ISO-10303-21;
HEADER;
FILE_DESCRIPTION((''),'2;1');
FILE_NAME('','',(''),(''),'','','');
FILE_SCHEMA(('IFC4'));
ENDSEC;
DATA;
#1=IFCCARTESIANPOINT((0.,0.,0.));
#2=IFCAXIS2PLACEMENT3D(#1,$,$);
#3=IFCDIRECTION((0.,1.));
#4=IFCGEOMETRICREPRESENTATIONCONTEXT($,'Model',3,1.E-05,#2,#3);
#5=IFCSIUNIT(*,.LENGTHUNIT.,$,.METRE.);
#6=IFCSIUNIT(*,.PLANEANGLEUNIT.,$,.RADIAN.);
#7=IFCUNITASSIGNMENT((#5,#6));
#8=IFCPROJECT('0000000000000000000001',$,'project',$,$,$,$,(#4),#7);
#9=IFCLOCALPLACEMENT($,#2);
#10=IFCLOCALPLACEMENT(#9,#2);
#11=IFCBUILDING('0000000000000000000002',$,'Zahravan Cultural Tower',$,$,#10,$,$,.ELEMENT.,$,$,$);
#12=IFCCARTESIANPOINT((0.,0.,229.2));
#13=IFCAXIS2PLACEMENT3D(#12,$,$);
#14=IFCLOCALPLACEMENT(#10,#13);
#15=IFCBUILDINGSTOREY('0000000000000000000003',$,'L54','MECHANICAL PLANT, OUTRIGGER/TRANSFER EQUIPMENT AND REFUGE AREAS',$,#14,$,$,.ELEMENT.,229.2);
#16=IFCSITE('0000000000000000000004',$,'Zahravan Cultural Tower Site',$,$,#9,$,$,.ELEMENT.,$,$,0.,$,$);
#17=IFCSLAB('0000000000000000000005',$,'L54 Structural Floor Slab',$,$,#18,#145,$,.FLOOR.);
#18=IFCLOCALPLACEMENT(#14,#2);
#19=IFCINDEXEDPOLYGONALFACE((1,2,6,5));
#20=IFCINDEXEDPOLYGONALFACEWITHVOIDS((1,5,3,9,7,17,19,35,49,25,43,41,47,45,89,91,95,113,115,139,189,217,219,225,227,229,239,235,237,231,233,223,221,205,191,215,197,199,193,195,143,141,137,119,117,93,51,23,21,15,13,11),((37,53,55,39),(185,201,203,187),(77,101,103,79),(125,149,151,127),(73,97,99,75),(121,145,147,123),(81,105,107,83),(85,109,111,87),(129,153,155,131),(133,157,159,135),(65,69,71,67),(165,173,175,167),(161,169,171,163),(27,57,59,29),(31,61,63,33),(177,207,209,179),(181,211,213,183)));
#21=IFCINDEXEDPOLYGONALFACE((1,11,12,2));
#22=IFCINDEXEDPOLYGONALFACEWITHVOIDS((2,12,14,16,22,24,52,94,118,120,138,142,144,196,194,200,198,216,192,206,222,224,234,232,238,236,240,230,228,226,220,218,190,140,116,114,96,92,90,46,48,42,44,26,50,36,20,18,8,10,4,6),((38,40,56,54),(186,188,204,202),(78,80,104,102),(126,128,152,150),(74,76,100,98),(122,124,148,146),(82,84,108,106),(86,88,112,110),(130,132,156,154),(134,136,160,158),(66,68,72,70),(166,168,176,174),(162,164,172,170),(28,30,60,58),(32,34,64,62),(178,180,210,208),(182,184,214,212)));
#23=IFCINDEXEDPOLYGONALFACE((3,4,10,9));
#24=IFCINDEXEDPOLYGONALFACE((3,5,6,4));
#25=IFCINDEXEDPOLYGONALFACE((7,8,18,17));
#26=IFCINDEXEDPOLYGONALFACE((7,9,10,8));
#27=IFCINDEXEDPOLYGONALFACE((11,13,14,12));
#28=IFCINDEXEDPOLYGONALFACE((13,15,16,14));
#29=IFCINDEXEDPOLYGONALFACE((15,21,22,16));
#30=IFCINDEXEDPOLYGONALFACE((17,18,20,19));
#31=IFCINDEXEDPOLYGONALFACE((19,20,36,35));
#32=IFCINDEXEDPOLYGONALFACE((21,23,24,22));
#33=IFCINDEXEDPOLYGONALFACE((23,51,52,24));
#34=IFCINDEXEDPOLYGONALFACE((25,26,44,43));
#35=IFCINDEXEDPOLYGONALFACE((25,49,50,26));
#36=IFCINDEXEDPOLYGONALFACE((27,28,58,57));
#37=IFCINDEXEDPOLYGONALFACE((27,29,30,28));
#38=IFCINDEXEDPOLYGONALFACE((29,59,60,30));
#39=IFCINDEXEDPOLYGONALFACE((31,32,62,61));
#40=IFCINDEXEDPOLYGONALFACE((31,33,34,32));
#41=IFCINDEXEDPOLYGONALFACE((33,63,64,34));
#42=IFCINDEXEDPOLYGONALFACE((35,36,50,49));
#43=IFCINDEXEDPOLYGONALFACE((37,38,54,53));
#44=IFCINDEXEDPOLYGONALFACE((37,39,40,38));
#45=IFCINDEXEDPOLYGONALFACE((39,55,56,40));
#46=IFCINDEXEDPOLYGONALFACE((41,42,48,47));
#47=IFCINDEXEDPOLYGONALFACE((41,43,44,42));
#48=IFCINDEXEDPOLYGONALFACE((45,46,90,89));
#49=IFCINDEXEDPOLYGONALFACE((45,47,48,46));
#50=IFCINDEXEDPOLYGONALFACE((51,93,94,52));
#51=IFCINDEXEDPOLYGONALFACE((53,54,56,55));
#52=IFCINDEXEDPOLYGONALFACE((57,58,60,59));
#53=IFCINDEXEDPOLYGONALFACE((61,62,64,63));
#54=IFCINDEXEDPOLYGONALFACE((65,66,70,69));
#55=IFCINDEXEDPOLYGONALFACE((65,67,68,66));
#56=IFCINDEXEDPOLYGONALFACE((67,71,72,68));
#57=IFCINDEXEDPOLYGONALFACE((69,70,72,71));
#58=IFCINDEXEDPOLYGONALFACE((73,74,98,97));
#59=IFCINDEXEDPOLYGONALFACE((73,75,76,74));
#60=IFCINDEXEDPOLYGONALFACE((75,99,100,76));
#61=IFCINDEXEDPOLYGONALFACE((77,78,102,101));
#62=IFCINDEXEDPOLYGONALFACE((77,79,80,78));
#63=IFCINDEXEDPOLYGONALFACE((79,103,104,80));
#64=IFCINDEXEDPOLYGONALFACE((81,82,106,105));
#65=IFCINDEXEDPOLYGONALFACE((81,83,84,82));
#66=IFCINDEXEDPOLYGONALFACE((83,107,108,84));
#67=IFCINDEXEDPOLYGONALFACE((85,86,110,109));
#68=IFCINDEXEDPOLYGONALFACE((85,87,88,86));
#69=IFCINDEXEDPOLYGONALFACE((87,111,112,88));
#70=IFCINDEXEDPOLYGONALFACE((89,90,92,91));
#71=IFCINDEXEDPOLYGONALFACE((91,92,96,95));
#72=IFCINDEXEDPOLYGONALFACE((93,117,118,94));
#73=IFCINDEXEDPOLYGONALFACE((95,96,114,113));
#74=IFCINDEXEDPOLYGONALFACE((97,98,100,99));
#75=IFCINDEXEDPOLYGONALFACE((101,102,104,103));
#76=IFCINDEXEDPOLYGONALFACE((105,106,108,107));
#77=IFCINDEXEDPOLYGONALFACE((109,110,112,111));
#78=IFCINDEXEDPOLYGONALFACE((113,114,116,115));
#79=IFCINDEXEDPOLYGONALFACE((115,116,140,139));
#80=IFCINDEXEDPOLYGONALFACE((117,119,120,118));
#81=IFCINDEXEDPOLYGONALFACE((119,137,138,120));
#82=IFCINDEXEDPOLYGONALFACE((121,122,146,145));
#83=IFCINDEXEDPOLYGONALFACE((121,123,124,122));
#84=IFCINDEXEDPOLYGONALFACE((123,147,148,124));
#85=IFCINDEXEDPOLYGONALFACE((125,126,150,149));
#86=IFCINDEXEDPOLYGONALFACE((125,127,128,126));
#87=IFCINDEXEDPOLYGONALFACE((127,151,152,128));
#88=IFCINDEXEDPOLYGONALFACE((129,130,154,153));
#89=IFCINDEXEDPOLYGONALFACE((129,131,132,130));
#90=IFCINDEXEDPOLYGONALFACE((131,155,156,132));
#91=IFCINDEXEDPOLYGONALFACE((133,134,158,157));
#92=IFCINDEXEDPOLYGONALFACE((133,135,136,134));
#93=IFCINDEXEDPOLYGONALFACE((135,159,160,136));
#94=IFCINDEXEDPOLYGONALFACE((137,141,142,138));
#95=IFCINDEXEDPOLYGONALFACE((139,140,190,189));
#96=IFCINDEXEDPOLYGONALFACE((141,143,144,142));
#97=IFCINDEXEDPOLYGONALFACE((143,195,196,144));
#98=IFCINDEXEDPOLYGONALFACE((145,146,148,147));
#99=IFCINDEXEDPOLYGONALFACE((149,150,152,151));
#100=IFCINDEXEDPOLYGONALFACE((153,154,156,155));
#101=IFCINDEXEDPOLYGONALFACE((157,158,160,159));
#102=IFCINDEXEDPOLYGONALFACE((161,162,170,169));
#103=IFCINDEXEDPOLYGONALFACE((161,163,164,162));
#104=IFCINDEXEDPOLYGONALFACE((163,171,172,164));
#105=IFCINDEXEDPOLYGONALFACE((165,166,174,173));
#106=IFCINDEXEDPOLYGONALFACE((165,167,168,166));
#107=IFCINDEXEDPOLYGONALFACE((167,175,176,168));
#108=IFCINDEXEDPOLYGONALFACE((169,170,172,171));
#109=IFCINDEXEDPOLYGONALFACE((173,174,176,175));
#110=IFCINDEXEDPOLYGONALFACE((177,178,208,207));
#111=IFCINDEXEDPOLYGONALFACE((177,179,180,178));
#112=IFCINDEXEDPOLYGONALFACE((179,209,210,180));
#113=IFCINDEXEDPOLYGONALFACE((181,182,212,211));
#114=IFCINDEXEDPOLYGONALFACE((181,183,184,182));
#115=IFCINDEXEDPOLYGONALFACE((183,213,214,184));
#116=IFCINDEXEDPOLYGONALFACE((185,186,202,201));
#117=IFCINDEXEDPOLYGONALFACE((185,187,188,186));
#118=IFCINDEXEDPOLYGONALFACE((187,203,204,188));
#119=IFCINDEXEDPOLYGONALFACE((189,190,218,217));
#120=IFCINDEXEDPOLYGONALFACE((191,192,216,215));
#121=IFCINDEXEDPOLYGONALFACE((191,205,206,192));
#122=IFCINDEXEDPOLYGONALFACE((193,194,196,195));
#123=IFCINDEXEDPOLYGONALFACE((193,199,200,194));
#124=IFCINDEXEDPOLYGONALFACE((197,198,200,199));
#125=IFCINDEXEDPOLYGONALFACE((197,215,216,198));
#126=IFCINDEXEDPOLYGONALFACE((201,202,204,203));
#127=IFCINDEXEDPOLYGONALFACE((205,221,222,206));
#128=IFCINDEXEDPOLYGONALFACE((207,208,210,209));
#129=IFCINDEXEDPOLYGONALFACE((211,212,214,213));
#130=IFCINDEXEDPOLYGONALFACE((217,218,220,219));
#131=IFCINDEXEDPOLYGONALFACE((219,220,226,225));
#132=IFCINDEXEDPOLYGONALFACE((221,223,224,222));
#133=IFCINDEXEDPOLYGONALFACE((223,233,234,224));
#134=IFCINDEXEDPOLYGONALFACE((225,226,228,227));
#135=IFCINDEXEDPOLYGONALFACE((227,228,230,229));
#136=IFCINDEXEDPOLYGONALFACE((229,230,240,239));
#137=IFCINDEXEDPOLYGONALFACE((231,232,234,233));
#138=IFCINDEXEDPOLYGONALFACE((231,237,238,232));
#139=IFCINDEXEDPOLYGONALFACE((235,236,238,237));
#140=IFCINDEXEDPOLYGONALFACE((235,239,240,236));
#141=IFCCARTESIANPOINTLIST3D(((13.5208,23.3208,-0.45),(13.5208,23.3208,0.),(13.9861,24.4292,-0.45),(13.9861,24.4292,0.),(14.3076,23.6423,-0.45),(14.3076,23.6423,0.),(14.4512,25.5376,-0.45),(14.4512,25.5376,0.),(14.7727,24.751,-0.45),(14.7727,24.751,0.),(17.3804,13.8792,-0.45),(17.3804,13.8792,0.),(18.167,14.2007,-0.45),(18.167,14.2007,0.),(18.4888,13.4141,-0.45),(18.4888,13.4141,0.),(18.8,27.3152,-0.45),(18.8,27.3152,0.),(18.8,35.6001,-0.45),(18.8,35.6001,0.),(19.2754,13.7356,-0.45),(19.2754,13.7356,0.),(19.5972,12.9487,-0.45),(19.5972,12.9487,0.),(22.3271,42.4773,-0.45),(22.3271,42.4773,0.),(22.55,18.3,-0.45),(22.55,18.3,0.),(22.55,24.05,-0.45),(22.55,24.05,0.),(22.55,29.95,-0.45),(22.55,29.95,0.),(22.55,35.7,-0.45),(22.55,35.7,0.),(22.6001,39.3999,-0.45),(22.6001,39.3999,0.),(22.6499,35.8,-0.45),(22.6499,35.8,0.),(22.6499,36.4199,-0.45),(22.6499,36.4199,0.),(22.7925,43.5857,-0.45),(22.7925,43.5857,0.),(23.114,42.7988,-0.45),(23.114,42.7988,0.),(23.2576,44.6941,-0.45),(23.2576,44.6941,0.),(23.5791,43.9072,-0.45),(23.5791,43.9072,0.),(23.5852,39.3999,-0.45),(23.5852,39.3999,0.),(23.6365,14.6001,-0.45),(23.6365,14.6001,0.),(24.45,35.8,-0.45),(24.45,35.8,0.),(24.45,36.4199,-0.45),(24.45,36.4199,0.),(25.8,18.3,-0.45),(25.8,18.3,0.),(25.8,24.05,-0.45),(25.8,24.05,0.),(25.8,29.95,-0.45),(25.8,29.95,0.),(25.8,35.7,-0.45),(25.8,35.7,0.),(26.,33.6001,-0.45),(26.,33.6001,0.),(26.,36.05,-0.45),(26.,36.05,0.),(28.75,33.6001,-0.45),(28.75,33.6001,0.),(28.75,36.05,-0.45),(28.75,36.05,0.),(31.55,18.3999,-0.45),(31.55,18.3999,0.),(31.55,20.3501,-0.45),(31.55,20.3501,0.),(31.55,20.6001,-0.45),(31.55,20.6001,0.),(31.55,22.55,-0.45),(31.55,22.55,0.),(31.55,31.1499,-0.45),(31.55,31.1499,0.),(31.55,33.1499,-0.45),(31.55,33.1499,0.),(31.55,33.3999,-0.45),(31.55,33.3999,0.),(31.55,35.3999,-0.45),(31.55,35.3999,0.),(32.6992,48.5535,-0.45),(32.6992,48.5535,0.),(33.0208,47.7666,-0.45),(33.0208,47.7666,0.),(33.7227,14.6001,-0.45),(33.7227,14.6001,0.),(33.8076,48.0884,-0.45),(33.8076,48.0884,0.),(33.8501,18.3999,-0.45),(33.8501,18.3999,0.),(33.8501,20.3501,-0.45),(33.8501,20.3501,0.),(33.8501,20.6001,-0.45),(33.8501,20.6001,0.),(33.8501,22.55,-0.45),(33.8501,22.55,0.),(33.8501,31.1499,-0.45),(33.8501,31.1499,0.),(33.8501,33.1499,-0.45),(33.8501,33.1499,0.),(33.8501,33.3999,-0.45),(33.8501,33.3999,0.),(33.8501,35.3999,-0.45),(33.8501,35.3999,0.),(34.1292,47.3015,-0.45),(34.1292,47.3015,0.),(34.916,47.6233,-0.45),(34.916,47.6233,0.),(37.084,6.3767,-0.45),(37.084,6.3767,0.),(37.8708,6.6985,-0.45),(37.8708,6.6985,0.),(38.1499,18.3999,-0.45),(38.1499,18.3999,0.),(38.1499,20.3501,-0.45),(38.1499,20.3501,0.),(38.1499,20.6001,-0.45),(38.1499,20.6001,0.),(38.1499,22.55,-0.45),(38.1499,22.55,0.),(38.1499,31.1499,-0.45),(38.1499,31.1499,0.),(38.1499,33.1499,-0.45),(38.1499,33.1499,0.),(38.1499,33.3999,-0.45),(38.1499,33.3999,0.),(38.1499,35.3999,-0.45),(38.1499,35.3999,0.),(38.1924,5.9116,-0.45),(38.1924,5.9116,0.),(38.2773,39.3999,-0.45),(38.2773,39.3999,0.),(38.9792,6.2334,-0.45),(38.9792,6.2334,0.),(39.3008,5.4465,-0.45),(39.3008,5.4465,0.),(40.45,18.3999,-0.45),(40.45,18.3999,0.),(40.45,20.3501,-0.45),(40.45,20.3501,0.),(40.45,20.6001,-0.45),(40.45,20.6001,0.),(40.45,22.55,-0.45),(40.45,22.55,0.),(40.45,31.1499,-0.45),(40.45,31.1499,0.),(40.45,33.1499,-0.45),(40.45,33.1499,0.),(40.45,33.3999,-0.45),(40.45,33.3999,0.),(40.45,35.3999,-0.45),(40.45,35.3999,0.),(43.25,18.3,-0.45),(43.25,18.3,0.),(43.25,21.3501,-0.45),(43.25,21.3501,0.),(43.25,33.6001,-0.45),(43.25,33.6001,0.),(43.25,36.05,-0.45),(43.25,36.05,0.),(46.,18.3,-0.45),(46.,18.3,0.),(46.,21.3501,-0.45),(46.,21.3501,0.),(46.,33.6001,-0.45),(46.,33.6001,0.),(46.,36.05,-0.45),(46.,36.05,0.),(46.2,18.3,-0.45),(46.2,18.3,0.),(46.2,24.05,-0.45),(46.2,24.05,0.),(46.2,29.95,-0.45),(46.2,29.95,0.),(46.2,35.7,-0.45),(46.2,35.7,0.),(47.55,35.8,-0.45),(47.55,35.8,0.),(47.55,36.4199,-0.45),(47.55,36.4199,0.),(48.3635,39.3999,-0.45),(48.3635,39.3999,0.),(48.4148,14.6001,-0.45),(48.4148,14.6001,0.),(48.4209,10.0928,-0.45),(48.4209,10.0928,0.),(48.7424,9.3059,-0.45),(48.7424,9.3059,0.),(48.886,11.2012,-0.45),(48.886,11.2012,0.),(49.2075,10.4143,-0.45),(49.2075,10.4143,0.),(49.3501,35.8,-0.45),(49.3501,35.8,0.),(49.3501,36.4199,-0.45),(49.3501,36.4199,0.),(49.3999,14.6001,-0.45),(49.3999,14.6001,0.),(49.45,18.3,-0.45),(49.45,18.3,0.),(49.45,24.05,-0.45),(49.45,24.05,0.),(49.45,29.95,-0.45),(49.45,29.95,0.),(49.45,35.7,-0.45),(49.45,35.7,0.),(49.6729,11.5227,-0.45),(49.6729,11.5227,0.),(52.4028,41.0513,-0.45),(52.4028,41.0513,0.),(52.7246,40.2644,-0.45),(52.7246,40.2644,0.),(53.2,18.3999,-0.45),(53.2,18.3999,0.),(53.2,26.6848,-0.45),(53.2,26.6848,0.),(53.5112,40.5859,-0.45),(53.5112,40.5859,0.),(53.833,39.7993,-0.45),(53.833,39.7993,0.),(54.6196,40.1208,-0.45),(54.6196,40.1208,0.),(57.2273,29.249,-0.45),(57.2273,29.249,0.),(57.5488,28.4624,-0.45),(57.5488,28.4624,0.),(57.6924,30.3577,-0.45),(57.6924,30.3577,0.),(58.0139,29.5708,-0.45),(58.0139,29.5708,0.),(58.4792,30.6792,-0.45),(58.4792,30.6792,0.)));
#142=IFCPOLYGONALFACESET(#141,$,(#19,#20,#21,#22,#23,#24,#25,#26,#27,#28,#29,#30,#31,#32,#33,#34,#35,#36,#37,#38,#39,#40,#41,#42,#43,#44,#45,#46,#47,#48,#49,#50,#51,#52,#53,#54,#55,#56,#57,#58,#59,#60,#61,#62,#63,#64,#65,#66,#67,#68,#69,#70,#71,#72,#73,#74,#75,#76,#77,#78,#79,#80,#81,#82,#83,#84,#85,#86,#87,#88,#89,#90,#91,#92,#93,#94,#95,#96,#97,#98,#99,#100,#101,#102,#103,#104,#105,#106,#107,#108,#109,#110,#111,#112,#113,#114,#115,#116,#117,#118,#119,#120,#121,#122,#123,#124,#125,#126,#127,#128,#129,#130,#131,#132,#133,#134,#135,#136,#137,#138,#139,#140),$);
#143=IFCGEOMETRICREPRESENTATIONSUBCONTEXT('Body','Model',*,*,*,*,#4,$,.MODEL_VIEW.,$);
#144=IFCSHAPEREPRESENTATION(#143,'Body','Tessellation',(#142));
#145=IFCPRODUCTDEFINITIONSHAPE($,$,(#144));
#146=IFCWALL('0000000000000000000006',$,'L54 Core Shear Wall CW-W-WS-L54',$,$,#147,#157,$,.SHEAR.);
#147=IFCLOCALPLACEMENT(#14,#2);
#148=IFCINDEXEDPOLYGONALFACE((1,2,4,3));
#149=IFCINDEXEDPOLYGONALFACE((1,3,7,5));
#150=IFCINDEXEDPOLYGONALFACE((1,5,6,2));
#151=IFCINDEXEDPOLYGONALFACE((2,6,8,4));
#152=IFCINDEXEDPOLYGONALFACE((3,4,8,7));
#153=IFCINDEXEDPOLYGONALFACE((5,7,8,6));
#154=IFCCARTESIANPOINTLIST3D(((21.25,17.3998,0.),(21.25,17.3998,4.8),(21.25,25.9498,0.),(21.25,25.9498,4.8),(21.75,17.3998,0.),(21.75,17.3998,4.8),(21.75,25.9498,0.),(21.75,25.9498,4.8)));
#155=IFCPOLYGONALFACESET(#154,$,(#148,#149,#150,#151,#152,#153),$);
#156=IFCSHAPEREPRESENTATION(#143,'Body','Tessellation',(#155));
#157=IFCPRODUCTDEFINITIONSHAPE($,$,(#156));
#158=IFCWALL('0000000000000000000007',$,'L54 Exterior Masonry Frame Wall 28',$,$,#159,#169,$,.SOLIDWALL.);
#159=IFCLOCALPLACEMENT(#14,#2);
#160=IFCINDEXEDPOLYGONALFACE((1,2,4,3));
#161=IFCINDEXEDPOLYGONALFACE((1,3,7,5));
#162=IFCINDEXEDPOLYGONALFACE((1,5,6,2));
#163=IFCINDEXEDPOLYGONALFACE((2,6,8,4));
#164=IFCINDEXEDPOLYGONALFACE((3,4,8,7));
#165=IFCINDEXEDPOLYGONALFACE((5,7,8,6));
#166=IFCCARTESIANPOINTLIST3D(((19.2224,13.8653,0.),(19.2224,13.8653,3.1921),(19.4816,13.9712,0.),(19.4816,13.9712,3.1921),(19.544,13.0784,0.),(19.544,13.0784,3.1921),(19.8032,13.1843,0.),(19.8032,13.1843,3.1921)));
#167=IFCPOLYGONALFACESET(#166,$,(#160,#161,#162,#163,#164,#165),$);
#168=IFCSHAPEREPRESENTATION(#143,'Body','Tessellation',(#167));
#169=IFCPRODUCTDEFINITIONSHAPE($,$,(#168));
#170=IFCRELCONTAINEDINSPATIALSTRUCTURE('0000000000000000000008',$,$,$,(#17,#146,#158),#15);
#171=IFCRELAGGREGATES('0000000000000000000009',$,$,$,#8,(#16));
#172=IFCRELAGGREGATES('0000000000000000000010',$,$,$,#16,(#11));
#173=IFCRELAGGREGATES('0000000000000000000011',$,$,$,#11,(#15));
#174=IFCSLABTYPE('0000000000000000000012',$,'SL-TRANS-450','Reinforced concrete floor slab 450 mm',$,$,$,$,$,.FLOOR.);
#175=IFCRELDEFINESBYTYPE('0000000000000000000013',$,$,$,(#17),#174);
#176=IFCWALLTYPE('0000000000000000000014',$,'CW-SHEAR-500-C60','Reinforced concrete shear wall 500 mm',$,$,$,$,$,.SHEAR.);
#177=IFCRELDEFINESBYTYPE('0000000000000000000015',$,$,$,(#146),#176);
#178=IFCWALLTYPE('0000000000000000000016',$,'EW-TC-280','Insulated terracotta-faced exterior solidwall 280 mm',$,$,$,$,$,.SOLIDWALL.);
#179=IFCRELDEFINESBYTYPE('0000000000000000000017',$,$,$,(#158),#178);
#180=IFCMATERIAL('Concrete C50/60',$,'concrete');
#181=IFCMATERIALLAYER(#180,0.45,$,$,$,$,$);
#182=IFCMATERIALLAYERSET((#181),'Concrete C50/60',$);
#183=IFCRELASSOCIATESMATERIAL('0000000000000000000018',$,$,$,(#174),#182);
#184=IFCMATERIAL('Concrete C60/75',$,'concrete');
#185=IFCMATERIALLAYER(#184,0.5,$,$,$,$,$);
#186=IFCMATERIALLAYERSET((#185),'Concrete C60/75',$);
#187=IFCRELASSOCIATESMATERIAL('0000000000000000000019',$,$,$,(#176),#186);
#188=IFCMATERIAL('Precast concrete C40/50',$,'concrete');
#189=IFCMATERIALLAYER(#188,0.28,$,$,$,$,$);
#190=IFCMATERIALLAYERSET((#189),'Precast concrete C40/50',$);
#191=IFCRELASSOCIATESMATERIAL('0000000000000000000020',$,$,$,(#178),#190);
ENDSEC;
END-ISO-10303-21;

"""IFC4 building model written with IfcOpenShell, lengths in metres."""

from ifc_helpers import new_model, si_unit, direction, frame, frame_2d, origin, place, context, subcontext, project, spatial, polyline, rectangle, outline, extrude, source, transform, mapped, material, layer, layer_set, type_object, element, save


model = new_model("IFC4")

# Units and contexts
model_context = context("Model", 3, precision=1e-05, world=origin(), true_north=direction((0.0, 1.0)))
body_context = subcontext(model_context, "Body", "Model", "MODEL_VIEW")
ifc_project = project(units=[si_unit("LENGTHUNIT", "METRE"), si_unit("PLANEANGLEUNIT", "RADIAN")], contexts=[model_context])

# Site, building, storey
site_placement = place(None, origin())
site = spatial("IfcSite", under=ifc_project, at=site_placement, Name="Zahravan Cultural Tower Site", CompositionType="ELEMENT", RefElevation=0.0)
building_placement = place(site_placement, origin())
building = spatial("IfcBuilding", under=site, at=building_placement, Name="Zahravan Cultural Tower", CompositionType="ELEMENT")
storey_placement = place(building_placement, frame((0.0, 0.0, 229.2)))
storey = spatial("IfcBuildingStorey", under=building, at=storey_placement, Name="L54", Description="MECHANICAL PLANT, OUTRIGGER/TRANSFER EQUIPMENT AND REFUGE AREAS", CompositionType="ELEMENT", Elevation=229.2)

# Shared definitions
ifc_material_1 = material(Name="Concrete C50/60", Category="concrete")

# Slab
ifc_layer_1 = layer(ifc_material_1, 0.45)
ifc_layer_set_1 = layer_set([ifc_layer_1], Name="Concrete C50/60")
slab_type_1 = type_object("IfcSlabType", Name="SL-TRANS-450", Description="Reinforced concrete floor slab 450 mm", PredefinedType="FLOOR", material=ifc_layer_set_1)
slab_1_placement = place(storey_placement, frame((0.0, 0.0, -0.45)))
element("IfcSlab", 1, at=slab_1_placement, inside=storey, type_object=slab_type_1, Name="L54 Structural Floor Slab", PredefinedType="FLOOR", context=body_context, shape_type="SweptSolid", body=[
    extrude(outline(polyline([(48.3635, 39.3999), (38.2773, 39.3999), (34.916, 47.6233), (34.1292, 47.3015), (33.8076, 48.0884), (33.0208, 47.7666), (32.6992, 48.5535), (23.2576, 44.6941), (23.5791, 43.9072), (22.7925, 43.5857), (23.114, 42.7988), (22.3271, 42.4773), (23.5852, 39.3999), (22.6001, 39.3999), (18.8, 35.6001), (18.8, 27.3152), (14.4512, 25.5376), (14.7727, 24.751), (13.9861, 24.4292), (14.3076, 23.6423), (13.5208, 23.3208), (17.3804, 13.8792), (18.167, 14.2007), (18.4888, 13.4141), (19.2754, 13.7356), (19.5972, 12.9487), (23.6365, 14.6001), (33.7227, 14.6001), (37.084, 6.3767), (37.8708, 6.6985), (38.1924, 5.9116), (38.9792, 6.2334), (39.3008, 5.4465), (48.7424, 9.3059), (48.4209, 10.0928), (49.2075, 10.4143), (48.886, 11.2012), (49.6729, 11.5227), (48.4148, 14.6001), (49.3999, 14.6001), (53.2, 18.3999), (53.2, 26.6848), (57.5488, 28.4624), (57.2273, 29.249), (58.0139, 29.5708), (57.6924, 30.3577), (58.4792, 30.6792), (54.6196, 40.1208), (53.833, 39.7993), (53.5112, 40.5859), (52.7246, 40.2644), (52.4028, 41.0513), (48.3635, 39.3999)]), holes=[polyline([(22.55, 29.95), (22.55, 35.7), (25.8, 35.7), (25.8, 29.95), (22.55, 29.95)]), polyline([(22.55, 18.3), (22.55, 24.05), (25.8, 24.05), (25.8, 18.3), (22.55, 18.3)]), polyline([(46.2, 29.95), (46.2, 35.7), (49.45, 35.7), (49.45, 29.95), (46.2, 29.95)]), polyline([(46.2, 18.3), (46.2, 24.05), (49.45, 24.05), (49.45, 18.3), (46.2, 18.3)]), polyline([(26.0, 33.6001), (26.0, 36.05), (28.75, 36.05), (28.75, 33.6001), (26.0, 33.6001)]), polyline([(43.25, 33.6001), (43.25, 36.05), (46.0, 36.05), (46.0, 33.6001), (43.25, 33.6001)]), polyline([(43.25, 18.3), (43.25, 21.3501), (46.0, 21.3501), (46.0, 18.3), (43.25, 18.3)]), polyline([(31.55, 33.3999), (31.55, 35.3999), (33.8501, 35.3999), (33.8501, 33.3999), (31.55, 33.3999)]), polyline([(31.55, 31.1499), (31.55, 33.1499), (33.8501, 33.1499), (33.8501, 31.1499), (31.55, 31.1499)]), polyline([(38.1499, 33.3999), (38.1499, 35.3999), (40.45, 35.3999), (40.45, 33.3999), (38.1499, 33.3999)]), polyline([(38.1499, 31.1499), (38.1499, 33.1499), (40.45, 33.1499), (40.45, 31.1499), (38.1499, 31.1499)]), polyline([(31.55, 20.6001), (31.55, 22.55), (33.8501, 22.55), (33.8501, 20.6001), (31.55, 20.6001)]), polyline([(31.55, 18.3999), (31.55, 20.3501), (33.8501, 20.3501), (33.8501, 18.3999), (31.55, 18.3999)]), polyline([(38.1499, 20.6001), (38.1499, 22.55), (40.45, 22.55), (40.45, 20.6001), (38.1499, 20.6001)]), polyline([(38.1499, 18.3999), (38.1499, 20.3501), (40.45, 20.3501), (40.45, 18.3999), (38.1499, 18.3999)]), polyline([(22.6499, 35.8), (22.6499, 36.4199), (24.45, 36.4199), (24.45, 35.8), (22.6499, 35.8)]), polyline([(47.55, 35.8), (47.55, 36.4199), (49.3501, 36.4199), (49.3501, 35.8), (47.55, 35.8)])]), origin(), (0.0, 0.0, 1.0), 0.45),
])

# Walls
ifc_material_2 = material(Name="Concrete C60/75", Category="concrete")
ifc_layer_2 = layer(ifc_material_2, 0.5)
ifc_layer_set_2 = layer_set([ifc_layer_2], Name="Concrete C60/75")
wall_type_1 = type_object("IfcWallType", Name="CW-SHEAR-500-C60", Description="Reinforced concrete shear wall 500 mm", PredefinedType="SHEAR", material=ifc_layer_set_2)
shared_shape_1 = source(origin(), body_context, "Body", "SweptSolid", [
    extrude(rectangle(XDim=8.55, YDim=0.5, at=frame_2d((4.2749, 0.0))), origin(), (0.0, 0.0, 1.0), 4.8),
])
wall_1_placement = place(storey_placement, frame((21.5, 17.3999, 0.0), z_axis=(0.0, 0.0, 1.0), x_axis=(0.0, 1.0, 0.0)))
element("IfcWall", 2, at=wall_1_placement, inside=storey, type_object=wall_type_1, Name="L54 Core Shear Wall CW-W-WS-L54", PredefinedType="SHEAR", context=body_context, shape_type="MappedRepresentation", body=[
    mapped(shared_shape_1, transform((0.0, 0.0, 0.0), x_axis=(1.0, 0.0, 0.0), y_axis=(0.0, 1.0, 0.0), z_axis=(0.0, 0.0, 1.0), scale=1.0)),
])
ifc_material_3 = material(Name="Precast concrete C40/50", Category="concrete")
ifc_layer_3 = layer(ifc_material_3, 0.28)
ifc_layer_set_3 = layer_set([ifc_layer_3], Name="Precast concrete C40/50")
wall_type_2 = type_object("IfcWallType", Name="EW-TC-280", Description="Insulated terracotta-faced exterior solidwall 280 mm", PredefinedType="SOLIDWALL", material=ifc_layer_set_3)
shared_shape_2 = source(origin(), body_context, "Body", "SweptSolid", [
    extrude(rectangle(XDim=0.8501, YDim=0.28, at=frame_2d((0.425, 0.0))), origin(), (0.0, 0.0, 1.0), 3.1921),
])
wall_2_placement = place(storey_placement, frame((19.6736, 13.1313, 0.0), z_axis=(0.0, 0.0, 1.0), x_axis=(-0.378264, 0.925698, 0.0)))
element("IfcWall", 3, at=wall_2_placement, inside=storey, type_object=wall_type_2, Name="L54 Exterior Masonry Frame Wall 28", PredefinedType="SOLIDWALL", context=body_context, shape_type="MappedRepresentation", body=[
    mapped(shared_shape_2, transform((0.0, 0.0, 0.0), x_axis=(1.0, 0.0, 0.0), y_axis=(0.0, 1.0, 0.0), z_axis=(0.0, 0.0, 1.0), scale=1.0)),
])

save(model, "model.ifc")
